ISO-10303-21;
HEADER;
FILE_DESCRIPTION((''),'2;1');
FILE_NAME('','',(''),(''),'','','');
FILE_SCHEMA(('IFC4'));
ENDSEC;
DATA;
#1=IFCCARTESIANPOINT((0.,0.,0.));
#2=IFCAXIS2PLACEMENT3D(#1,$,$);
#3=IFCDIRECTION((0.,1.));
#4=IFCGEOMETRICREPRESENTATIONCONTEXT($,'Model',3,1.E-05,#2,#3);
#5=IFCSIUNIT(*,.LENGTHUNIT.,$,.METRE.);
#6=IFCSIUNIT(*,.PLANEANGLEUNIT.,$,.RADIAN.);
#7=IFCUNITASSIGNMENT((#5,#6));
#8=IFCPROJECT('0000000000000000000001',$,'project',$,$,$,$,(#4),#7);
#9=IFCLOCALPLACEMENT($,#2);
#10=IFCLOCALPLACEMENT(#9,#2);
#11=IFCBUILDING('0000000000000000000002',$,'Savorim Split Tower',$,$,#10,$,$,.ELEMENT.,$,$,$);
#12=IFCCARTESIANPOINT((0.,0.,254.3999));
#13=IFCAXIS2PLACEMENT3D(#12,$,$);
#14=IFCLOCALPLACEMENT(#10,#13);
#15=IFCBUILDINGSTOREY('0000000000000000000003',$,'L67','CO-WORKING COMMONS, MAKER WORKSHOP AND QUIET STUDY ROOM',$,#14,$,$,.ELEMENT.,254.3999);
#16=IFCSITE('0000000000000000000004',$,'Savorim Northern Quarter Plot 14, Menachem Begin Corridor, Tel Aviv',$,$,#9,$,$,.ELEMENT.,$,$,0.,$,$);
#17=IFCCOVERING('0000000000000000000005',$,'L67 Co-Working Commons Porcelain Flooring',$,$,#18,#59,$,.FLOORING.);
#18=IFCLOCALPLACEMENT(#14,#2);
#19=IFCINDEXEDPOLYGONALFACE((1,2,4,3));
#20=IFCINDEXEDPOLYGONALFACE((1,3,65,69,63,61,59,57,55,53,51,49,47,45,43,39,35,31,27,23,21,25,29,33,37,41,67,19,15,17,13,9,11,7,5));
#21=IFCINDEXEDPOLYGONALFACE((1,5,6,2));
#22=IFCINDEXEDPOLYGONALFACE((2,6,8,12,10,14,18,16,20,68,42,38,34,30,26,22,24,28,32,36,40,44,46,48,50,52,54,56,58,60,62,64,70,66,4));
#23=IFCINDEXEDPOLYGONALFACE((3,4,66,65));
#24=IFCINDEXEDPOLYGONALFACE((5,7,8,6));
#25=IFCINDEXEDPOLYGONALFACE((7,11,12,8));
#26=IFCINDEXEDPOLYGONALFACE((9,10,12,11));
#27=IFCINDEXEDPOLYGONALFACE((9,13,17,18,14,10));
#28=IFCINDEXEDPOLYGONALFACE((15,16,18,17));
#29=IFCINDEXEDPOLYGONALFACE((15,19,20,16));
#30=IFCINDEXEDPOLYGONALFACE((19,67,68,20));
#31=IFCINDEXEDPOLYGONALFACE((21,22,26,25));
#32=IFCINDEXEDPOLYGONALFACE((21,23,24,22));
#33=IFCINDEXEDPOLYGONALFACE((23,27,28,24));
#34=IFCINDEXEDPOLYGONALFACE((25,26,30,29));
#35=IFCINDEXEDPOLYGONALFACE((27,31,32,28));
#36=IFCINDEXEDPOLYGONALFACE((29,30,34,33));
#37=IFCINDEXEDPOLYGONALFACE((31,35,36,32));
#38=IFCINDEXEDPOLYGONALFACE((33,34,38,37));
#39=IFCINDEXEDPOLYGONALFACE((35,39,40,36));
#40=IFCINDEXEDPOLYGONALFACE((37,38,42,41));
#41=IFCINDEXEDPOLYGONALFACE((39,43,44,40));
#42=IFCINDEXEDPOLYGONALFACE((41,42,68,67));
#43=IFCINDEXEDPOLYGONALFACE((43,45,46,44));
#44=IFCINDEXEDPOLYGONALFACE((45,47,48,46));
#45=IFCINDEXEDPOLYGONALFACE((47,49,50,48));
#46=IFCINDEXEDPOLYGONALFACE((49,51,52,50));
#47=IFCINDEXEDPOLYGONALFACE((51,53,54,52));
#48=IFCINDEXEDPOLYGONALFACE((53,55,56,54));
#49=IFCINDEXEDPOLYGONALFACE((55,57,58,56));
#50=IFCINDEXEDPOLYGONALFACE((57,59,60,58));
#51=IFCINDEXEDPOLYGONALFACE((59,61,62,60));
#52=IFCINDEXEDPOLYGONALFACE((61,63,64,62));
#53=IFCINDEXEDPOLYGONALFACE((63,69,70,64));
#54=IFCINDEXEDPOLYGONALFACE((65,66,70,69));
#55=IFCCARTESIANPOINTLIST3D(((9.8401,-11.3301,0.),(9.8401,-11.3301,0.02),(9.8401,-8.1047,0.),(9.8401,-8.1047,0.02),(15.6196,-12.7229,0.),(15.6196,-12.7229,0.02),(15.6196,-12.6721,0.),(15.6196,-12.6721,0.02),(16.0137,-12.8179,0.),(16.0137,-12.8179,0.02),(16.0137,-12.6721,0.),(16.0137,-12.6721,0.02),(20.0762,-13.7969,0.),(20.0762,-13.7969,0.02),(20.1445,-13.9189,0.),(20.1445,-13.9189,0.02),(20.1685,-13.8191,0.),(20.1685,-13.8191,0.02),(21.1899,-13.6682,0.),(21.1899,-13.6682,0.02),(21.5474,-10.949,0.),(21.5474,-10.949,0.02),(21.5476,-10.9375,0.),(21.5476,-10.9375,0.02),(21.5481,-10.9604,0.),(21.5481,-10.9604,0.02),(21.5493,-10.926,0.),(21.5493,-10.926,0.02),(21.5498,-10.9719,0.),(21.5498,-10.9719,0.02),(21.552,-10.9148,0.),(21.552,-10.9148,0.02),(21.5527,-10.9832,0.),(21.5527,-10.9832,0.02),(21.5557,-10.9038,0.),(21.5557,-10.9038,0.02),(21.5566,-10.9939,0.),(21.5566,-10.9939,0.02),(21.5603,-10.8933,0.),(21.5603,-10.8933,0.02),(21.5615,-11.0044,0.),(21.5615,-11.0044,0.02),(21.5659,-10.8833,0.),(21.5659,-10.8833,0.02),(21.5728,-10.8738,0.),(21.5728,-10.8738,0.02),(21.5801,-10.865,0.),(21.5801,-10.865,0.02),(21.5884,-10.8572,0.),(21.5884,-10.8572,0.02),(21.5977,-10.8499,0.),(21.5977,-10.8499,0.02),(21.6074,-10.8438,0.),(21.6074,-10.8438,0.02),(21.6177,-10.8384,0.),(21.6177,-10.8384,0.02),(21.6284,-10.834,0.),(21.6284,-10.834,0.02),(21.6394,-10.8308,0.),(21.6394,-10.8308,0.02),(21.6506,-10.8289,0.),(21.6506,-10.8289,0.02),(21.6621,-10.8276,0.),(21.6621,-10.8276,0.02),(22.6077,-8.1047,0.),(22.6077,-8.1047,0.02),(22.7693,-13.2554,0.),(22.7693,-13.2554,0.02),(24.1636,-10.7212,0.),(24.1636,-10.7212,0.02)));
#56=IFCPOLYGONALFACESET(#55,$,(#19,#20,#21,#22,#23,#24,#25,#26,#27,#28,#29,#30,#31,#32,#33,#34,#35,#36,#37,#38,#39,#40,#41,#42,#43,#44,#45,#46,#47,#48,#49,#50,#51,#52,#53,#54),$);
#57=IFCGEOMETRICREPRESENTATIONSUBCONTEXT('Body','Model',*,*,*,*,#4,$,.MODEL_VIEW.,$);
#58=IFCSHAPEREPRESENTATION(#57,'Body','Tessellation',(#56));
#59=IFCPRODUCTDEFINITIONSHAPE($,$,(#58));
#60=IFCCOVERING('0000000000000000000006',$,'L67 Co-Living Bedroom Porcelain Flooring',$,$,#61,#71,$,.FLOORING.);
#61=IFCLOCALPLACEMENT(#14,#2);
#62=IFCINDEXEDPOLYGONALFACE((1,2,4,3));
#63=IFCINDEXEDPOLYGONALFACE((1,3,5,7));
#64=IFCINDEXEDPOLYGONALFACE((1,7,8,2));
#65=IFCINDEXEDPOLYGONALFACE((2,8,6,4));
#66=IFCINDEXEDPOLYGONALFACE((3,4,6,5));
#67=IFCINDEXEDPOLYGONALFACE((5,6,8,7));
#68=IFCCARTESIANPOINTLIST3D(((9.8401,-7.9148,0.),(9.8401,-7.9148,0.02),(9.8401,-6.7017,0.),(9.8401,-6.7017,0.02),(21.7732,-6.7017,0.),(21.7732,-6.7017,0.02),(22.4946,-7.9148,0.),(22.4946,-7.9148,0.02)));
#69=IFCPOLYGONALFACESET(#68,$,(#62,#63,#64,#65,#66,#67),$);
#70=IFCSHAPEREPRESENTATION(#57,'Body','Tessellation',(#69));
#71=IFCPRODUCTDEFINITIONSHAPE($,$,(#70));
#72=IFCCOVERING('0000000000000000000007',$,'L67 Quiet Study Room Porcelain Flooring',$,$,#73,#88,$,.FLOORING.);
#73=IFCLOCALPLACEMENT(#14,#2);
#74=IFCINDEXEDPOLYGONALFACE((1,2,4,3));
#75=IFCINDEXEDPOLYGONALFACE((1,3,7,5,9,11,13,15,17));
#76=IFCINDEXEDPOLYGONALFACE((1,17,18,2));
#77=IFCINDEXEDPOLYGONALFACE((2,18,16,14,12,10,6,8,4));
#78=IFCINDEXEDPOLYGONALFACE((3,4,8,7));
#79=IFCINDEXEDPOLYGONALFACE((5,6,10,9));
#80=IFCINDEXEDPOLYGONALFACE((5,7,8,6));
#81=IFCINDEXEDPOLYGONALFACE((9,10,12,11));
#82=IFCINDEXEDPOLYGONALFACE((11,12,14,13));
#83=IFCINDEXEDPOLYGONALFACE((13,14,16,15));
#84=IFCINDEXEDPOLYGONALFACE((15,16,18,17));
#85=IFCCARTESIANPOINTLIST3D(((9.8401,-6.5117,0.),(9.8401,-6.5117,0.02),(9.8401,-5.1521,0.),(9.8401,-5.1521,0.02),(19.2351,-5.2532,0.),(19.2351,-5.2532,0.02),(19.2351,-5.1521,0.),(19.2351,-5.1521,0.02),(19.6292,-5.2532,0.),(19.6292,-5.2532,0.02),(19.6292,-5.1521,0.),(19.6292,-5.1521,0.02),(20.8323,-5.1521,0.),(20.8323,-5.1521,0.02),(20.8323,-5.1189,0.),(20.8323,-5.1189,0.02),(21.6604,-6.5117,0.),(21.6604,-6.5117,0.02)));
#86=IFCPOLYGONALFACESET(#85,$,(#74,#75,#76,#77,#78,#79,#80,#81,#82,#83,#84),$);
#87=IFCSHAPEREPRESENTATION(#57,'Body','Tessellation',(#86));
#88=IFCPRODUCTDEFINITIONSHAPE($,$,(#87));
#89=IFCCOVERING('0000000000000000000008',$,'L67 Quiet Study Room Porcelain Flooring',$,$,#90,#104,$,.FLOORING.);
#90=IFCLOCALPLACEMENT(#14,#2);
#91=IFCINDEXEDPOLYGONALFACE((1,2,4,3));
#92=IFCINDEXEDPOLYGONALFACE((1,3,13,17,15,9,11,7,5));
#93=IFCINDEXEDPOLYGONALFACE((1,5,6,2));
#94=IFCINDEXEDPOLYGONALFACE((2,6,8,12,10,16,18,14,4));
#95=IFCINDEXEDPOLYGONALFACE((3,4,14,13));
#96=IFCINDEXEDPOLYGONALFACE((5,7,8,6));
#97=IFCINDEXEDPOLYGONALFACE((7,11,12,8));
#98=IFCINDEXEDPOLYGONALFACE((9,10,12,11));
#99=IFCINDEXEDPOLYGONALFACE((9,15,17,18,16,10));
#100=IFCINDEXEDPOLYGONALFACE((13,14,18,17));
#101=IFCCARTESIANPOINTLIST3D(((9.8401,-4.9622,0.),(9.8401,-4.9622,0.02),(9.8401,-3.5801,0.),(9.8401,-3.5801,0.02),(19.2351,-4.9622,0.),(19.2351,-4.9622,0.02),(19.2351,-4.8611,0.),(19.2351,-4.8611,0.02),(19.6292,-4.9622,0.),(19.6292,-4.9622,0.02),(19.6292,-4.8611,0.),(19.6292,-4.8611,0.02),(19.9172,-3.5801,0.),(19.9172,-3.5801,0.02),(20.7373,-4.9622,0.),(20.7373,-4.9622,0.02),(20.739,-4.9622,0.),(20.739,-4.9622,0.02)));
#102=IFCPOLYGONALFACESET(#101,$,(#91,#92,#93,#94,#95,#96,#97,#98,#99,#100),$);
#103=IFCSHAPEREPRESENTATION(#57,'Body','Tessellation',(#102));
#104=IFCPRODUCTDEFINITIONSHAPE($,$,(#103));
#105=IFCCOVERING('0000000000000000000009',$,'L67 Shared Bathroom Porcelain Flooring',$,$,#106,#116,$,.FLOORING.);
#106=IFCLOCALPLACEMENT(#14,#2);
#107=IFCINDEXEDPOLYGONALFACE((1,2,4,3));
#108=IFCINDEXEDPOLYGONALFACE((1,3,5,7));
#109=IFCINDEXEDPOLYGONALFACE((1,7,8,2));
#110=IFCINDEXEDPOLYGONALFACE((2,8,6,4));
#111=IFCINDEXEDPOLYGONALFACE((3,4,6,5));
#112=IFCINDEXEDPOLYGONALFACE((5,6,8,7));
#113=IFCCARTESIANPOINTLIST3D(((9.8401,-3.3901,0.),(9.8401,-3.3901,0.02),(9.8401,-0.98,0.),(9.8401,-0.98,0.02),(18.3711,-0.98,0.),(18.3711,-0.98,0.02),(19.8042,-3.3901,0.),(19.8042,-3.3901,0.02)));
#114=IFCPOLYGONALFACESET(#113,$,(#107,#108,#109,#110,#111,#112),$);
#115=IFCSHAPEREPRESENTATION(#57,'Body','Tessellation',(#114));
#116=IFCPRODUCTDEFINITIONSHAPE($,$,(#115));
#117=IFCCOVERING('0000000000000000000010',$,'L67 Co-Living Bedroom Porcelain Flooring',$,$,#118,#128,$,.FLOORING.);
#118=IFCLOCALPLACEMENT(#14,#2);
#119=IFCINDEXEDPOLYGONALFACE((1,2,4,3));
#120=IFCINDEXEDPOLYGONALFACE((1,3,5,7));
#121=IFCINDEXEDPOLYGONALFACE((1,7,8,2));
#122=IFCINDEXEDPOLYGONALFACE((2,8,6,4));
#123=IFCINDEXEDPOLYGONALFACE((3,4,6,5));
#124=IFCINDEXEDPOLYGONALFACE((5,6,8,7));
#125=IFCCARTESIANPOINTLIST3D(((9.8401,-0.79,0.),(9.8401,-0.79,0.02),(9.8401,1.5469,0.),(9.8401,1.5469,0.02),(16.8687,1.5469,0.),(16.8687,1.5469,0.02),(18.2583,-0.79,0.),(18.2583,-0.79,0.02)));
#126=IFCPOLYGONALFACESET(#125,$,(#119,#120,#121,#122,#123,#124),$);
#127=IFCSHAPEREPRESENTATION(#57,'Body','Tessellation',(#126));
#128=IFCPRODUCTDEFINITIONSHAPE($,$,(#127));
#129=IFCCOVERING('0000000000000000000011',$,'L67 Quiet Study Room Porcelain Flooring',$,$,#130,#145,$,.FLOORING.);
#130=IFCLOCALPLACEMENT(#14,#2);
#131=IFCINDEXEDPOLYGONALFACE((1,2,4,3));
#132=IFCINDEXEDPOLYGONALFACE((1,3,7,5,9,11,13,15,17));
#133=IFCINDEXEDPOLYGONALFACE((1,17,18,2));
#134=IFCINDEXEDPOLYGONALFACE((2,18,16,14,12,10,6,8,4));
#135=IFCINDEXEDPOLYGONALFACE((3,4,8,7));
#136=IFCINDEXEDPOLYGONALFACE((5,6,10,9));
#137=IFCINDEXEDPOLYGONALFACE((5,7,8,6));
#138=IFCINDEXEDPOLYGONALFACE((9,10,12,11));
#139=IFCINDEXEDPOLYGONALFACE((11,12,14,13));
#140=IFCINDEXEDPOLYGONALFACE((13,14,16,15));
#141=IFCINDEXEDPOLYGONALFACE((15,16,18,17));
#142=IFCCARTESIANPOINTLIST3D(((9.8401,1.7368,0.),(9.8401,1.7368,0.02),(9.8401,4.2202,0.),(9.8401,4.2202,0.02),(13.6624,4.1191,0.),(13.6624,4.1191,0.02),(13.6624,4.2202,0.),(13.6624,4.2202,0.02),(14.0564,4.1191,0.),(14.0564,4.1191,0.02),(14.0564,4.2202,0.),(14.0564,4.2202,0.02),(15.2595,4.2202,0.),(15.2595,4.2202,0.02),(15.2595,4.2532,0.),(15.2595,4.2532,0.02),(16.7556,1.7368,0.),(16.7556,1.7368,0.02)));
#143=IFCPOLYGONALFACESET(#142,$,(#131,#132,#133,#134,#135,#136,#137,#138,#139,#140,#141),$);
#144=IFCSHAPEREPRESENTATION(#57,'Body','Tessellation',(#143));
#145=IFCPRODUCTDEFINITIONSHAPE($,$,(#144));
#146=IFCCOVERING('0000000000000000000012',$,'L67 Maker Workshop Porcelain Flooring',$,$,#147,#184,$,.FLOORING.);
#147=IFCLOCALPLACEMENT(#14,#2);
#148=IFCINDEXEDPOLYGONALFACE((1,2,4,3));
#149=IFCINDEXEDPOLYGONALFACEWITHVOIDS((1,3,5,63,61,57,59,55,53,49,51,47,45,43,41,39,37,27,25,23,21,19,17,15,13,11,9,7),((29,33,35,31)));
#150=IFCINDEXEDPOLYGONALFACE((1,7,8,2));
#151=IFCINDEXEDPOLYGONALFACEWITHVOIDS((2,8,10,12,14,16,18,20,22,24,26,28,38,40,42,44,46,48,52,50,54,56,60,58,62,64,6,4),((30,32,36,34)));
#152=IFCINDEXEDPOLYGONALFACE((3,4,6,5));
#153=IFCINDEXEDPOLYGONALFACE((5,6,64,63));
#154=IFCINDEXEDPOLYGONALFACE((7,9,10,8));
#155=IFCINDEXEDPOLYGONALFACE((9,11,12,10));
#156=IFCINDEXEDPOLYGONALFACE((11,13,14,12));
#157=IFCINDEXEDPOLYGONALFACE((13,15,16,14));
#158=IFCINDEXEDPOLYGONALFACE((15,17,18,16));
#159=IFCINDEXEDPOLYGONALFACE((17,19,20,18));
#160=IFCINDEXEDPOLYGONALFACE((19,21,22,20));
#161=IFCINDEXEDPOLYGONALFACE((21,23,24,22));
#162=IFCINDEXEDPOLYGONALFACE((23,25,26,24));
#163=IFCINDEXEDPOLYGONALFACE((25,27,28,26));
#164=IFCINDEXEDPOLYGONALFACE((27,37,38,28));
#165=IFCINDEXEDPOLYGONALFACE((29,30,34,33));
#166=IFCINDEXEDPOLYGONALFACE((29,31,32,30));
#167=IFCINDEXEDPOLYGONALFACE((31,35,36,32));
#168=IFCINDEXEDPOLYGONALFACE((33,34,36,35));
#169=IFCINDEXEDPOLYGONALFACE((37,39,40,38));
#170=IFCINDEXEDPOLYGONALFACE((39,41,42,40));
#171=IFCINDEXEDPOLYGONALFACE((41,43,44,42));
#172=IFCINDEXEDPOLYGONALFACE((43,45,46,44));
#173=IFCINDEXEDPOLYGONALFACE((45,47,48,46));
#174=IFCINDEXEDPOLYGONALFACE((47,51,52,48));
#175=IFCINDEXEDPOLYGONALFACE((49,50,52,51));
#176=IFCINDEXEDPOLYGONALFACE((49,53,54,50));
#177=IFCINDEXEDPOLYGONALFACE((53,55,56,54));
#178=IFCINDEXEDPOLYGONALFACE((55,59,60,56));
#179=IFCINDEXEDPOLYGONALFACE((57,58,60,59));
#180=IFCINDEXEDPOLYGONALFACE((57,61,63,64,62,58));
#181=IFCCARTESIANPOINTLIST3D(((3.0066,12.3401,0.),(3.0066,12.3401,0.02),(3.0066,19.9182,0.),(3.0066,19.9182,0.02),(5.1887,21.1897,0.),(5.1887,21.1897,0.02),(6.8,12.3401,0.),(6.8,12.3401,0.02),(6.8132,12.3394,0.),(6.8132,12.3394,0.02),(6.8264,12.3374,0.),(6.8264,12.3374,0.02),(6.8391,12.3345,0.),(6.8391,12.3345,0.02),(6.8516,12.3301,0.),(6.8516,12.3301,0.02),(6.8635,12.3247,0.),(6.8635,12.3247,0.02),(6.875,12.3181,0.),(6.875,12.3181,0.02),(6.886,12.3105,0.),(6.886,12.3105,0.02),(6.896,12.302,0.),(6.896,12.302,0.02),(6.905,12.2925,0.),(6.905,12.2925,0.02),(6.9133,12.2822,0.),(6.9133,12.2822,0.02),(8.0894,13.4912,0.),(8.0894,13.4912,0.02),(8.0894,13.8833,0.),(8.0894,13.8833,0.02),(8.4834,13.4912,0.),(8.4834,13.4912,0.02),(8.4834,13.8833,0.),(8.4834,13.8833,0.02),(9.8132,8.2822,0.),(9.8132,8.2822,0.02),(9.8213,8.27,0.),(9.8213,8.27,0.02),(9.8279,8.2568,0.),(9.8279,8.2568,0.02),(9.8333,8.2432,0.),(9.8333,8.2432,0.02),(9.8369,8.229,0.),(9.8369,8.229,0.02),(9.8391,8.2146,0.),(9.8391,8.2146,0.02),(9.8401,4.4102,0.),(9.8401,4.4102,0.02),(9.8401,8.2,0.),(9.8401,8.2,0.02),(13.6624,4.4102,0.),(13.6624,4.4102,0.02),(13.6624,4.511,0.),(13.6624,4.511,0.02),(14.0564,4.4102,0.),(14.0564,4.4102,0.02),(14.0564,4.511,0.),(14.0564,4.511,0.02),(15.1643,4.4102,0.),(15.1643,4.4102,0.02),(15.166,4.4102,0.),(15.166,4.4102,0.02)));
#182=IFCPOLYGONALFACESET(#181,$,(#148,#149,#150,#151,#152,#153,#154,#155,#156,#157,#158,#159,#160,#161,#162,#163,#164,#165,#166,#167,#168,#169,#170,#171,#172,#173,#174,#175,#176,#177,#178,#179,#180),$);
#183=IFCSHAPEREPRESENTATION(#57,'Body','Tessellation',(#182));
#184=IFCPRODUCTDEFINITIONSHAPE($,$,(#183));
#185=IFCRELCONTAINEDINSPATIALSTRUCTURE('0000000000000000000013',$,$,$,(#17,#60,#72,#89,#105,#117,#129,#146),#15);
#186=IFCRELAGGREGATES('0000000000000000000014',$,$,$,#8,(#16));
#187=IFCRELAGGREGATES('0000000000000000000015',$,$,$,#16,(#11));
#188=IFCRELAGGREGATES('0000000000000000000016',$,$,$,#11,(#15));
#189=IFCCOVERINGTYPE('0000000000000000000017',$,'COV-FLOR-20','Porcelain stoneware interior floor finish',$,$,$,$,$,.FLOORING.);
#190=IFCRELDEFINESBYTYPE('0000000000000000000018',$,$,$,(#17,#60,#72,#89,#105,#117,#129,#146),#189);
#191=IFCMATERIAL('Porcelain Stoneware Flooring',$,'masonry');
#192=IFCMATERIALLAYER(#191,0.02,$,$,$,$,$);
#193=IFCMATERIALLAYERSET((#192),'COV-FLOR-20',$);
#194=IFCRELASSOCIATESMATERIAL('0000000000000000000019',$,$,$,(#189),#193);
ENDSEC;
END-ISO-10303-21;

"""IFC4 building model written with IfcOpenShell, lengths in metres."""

from ifc_helpers import new_model, si_unit, direction, frame, origin, place, context, subcontext, project, spatial, polyline, outline, extrude, material, layer, layer_set, type_object, element, save


model = new_model("IFC4")

# Units and contexts
model_context = context("Model", 3, precision=1e-05, world=origin(), true_north=direction((0.0, 1.0)))
body_context = subcontext(model_context, "Body", "Model", "MODEL_VIEW")
ifc_project = project(units=[si_unit("LENGTHUNIT", "METRE"), si_unit("PLANEANGLEUNIT", "RADIAN")], contexts=[model_context])

# Site, building, storey
site_placement = place(None, origin())
site = spatial("IfcSite", under=ifc_project, at=site_placement, Name="Savorim Northern Quarter Plot 14, Menachem Begin Corridor, Tel Aviv", CompositionType="ELEMENT", RefElevation=0.0)
building_placement = place(site_placement, origin())
building = spatial("IfcBuilding", under=site, at=building_placement, Name="Savorim Split Tower", CompositionType="ELEMENT")
storey_placement = place(building_placement, frame((0.0, 0.0, 254.3999)))
storey = spatial("IfcBuildingStorey", under=building, at=storey_placement, Name="L67", Description="CO-WORKING COMMONS, MAKER WORKSHOP AND QUIET STUDY ROOM", CompositionType="ELEMENT", Elevation=254.3999)

# Coverings
ifc_material_1 = material(Name="Porcelain Stoneware Flooring", Category="masonry")
ifc_layer_1 = layer(ifc_material_1, 0.02)
ifc_layer_set_1 = layer_set([ifc_layer_1], Name="COV-FLOR-20")
covering_type_1 = type_object("IfcCoveringType", Name="COV-FLOR-20", Description="Porcelain stoneware interior floor finish", PredefinedType="FLOORING", material=ifc_layer_set_1)
covering_1_placement = place(storey_placement, origin())
element("IfcCovering", 1, at=covering_1_placement, inside=storey, type_object=covering_type_1, Name="L67 Co-Working Commons Porcelain Flooring", PredefinedType="FLOORING", context=body_context, shape_type="SweptSolid", body=[
    extrude(outline(polyline([(21.6394, -10.8308), (21.6506, -10.8289), (21.6621, -10.8276), (24.1636, -10.7212), (22.6077, -8.1047), (9.8401, -8.1047), (9.8401, -11.3301), (15.6196, -12.7229), (15.6196, -12.6721), (16.0137, -12.6721), (16.0137, -12.8179), (20.0762, -13.7969), (20.1685, -13.8191), (20.1445, -13.9189), (21.1899, -13.6682), (22.7693, -13.2554), (21.5615, -11.0044), (21.5566, -10.9939), (21.5527, -10.9832), (21.5498, -10.9719), (21.5481, -10.9604), (21.5474, -10.949), (21.5476, -10.9375), (21.5493, -10.926), (21.552, -10.9148), (21.5557, -10.9038), (21.5603, -10.8933), (21.5659, -10.8833), (21.5728, -10.8738), (21.5801, -10.865), (21.5884, -10.8572), (21.5977, -10.8499), (21.6074, -10.8438), (21.6177, -10.8384), (21.6284, -10.834), (21.6394, -10.8308)])), origin(), (0.0, 0.0, 1.0), 0.02),
])
covering_2_placement = place(storey_placement, origin())
element("IfcCovering", 2, at=covering_2_placement, inside=storey, type_object=covering_type_1, Name="L67 Co-Living Bedroom Porcelain Flooring", PredefinedType="FLOORING", context=body_context, shape_type="SweptSolid", body=[
    extrude(outline(polyline([(22.4946, -7.9148), (21.7732, -6.7017), (9.8401, -6.7017), (9.8401, -7.9148), (22.4946, -7.9148)])), origin(), (0.0, 0.0, 1.0), 0.02),
])
covering_3_placement = place(storey_placement, origin())
element("IfcCovering", 3, at=covering_3_placement, inside=storey, type_object=covering_type_1, Name="L67 Quiet Study Room Porcelain Flooring", PredefinedType="FLOORING", context=body_context, shape_type="SweptSolid", body=[
    extrude(outline(polyline([(19.2351, -5.2532), (19.2351, -5.1521), (9.8401, -5.1521), (9.8401, -6.5117), (21.6604, -6.5117), (20.8323, -5.1189), (20.8323, -5.1521), (19.6292, -5.1521), (19.6292, -5.2532), (19.2351, -5.2532)])), origin(), (0.0, 0.0, 1.0), 0.02),
])
covering_4_placement = place(storey_placement, origin())
element("IfcCovering", 4, at=covering_4_placement, inside=storey, type_object=covering_type_1, Name="L67 Quiet Study Room Porcelain Flooring", PredefinedType="FLOORING", context=body_context, shape_type="SweptSolid", body=[
    extrude(outline(polyline([(19.6292, -4.8611), (19.6292, -4.9622), (20.7373, -4.9622), (20.739, -4.9622), (19.9172, -3.5801), (9.8401, -3.5801), (9.8401, -4.9622), (19.2351, -4.9622), (19.2351, -4.8611), (19.6292, -4.8611)])), origin(), (0.0, 0.0, 1.0), 0.02),
])
covering_5_placement = place(storey_placement, origin())
element("IfcCovering", 5, at=covering_5_placement, inside=storey, type_object=covering_type_1, Name="L67 Shared Bathroom Porcelain Flooring", PredefinedType="FLOORING", context=body_context, shape_type="SweptSolid", body=[
    extrude(outline(polyline([(19.8042, -3.3901), (18.3711, -0.98), (9.8401, -0.98), (9.8401, -3.3901), (19.8042, -3.3901)])), origin(), (0.0, 0.0, 1.0), 0.02),
])
covering_6_placement = place(storey_placement, origin())
element("IfcCovering", 6, at=covering_6_placement, inside=storey, type_object=covering_type_1, Name="L67 Co-Living Bedroom Porcelain Flooring", PredefinedType="FLOORING", context=body_context, shape_type="SweptSolid", body=[
    extrude(outline(polyline([(18.2583, -0.79), (16.8687, 1.5469), (9.8401, 1.5469), (9.8401, -0.79), (18.2583, -0.79)])), origin(), (0.0, 0.0, 1.0), 0.02),
])
covering_7_placement = place(storey_placement, origin())
element("IfcCovering", 7, at=covering_7_placement, inside=storey, type_object=covering_type_1, Name="L67 Quiet Study Room Porcelain Flooring", PredefinedType="FLOORING", context=body_context, shape_type="SweptSolid", body=[
    extrude(outline(polyline([(13.6624, 4.1191), (13.6624, 4.2202), (9.8401, 4.2202), (9.8401, 1.7368), (16.7556, 1.7368), (15.2595, 4.2532), (15.2595, 4.2202), (14.0564, 4.2202), (14.0564, 4.1191), (13.6624, 4.1191)])), origin(), (0.0, 0.0, 1.0), 0.02),
])
covering_8_placement = place(storey_placement, origin())
element("IfcCovering", 8, at=covering_8_placement, inside=storey, type_object=covering_type_1, Name="L67 Maker Workshop Porcelain Flooring", PredefinedType="FLOORING", context=body_context, shape_type="SweptSolid", body=[
    extrude(outline(polyline([(15.1643, 4.4102), (15.166, 4.4102), (5.1887, 21.1897), (3.0066, 19.9182), (3.0066, 12.3401), (6.8, 12.3401), (6.8132, 12.3394), (6.8264, 12.3374), (6.8391, 12.3345), (6.8516, 12.3301), (6.8635, 12.3247), (6.875, 12.3181), (6.886, 12.3105), (6.896, 12.302), (6.905, 12.2925), (6.9133, 12.2822), (9.8132, 8.2822), (9.8213, 8.27), (9.8279, 8.2568), (9.8333, 8.2432), (9.8369, 8.229), (9.8391, 8.2146), (9.8401, 8.2), (9.8401, 4.4102), (13.6624, 4.4102), (13.6624, 4.511), (14.0564, 4.511), (14.0564, 4.4102), (15.1643, 4.4102)]), holes=[polyline([(8.4834, 13.8833), (8.0894, 13.8833), (8.0894, 13.4912), (8.4834, 13.4912), (8.4834, 13.8833)])]), origin(), (0.0, 0.0, 1.0), 0.02),
])

save(model, "model.ifc")
